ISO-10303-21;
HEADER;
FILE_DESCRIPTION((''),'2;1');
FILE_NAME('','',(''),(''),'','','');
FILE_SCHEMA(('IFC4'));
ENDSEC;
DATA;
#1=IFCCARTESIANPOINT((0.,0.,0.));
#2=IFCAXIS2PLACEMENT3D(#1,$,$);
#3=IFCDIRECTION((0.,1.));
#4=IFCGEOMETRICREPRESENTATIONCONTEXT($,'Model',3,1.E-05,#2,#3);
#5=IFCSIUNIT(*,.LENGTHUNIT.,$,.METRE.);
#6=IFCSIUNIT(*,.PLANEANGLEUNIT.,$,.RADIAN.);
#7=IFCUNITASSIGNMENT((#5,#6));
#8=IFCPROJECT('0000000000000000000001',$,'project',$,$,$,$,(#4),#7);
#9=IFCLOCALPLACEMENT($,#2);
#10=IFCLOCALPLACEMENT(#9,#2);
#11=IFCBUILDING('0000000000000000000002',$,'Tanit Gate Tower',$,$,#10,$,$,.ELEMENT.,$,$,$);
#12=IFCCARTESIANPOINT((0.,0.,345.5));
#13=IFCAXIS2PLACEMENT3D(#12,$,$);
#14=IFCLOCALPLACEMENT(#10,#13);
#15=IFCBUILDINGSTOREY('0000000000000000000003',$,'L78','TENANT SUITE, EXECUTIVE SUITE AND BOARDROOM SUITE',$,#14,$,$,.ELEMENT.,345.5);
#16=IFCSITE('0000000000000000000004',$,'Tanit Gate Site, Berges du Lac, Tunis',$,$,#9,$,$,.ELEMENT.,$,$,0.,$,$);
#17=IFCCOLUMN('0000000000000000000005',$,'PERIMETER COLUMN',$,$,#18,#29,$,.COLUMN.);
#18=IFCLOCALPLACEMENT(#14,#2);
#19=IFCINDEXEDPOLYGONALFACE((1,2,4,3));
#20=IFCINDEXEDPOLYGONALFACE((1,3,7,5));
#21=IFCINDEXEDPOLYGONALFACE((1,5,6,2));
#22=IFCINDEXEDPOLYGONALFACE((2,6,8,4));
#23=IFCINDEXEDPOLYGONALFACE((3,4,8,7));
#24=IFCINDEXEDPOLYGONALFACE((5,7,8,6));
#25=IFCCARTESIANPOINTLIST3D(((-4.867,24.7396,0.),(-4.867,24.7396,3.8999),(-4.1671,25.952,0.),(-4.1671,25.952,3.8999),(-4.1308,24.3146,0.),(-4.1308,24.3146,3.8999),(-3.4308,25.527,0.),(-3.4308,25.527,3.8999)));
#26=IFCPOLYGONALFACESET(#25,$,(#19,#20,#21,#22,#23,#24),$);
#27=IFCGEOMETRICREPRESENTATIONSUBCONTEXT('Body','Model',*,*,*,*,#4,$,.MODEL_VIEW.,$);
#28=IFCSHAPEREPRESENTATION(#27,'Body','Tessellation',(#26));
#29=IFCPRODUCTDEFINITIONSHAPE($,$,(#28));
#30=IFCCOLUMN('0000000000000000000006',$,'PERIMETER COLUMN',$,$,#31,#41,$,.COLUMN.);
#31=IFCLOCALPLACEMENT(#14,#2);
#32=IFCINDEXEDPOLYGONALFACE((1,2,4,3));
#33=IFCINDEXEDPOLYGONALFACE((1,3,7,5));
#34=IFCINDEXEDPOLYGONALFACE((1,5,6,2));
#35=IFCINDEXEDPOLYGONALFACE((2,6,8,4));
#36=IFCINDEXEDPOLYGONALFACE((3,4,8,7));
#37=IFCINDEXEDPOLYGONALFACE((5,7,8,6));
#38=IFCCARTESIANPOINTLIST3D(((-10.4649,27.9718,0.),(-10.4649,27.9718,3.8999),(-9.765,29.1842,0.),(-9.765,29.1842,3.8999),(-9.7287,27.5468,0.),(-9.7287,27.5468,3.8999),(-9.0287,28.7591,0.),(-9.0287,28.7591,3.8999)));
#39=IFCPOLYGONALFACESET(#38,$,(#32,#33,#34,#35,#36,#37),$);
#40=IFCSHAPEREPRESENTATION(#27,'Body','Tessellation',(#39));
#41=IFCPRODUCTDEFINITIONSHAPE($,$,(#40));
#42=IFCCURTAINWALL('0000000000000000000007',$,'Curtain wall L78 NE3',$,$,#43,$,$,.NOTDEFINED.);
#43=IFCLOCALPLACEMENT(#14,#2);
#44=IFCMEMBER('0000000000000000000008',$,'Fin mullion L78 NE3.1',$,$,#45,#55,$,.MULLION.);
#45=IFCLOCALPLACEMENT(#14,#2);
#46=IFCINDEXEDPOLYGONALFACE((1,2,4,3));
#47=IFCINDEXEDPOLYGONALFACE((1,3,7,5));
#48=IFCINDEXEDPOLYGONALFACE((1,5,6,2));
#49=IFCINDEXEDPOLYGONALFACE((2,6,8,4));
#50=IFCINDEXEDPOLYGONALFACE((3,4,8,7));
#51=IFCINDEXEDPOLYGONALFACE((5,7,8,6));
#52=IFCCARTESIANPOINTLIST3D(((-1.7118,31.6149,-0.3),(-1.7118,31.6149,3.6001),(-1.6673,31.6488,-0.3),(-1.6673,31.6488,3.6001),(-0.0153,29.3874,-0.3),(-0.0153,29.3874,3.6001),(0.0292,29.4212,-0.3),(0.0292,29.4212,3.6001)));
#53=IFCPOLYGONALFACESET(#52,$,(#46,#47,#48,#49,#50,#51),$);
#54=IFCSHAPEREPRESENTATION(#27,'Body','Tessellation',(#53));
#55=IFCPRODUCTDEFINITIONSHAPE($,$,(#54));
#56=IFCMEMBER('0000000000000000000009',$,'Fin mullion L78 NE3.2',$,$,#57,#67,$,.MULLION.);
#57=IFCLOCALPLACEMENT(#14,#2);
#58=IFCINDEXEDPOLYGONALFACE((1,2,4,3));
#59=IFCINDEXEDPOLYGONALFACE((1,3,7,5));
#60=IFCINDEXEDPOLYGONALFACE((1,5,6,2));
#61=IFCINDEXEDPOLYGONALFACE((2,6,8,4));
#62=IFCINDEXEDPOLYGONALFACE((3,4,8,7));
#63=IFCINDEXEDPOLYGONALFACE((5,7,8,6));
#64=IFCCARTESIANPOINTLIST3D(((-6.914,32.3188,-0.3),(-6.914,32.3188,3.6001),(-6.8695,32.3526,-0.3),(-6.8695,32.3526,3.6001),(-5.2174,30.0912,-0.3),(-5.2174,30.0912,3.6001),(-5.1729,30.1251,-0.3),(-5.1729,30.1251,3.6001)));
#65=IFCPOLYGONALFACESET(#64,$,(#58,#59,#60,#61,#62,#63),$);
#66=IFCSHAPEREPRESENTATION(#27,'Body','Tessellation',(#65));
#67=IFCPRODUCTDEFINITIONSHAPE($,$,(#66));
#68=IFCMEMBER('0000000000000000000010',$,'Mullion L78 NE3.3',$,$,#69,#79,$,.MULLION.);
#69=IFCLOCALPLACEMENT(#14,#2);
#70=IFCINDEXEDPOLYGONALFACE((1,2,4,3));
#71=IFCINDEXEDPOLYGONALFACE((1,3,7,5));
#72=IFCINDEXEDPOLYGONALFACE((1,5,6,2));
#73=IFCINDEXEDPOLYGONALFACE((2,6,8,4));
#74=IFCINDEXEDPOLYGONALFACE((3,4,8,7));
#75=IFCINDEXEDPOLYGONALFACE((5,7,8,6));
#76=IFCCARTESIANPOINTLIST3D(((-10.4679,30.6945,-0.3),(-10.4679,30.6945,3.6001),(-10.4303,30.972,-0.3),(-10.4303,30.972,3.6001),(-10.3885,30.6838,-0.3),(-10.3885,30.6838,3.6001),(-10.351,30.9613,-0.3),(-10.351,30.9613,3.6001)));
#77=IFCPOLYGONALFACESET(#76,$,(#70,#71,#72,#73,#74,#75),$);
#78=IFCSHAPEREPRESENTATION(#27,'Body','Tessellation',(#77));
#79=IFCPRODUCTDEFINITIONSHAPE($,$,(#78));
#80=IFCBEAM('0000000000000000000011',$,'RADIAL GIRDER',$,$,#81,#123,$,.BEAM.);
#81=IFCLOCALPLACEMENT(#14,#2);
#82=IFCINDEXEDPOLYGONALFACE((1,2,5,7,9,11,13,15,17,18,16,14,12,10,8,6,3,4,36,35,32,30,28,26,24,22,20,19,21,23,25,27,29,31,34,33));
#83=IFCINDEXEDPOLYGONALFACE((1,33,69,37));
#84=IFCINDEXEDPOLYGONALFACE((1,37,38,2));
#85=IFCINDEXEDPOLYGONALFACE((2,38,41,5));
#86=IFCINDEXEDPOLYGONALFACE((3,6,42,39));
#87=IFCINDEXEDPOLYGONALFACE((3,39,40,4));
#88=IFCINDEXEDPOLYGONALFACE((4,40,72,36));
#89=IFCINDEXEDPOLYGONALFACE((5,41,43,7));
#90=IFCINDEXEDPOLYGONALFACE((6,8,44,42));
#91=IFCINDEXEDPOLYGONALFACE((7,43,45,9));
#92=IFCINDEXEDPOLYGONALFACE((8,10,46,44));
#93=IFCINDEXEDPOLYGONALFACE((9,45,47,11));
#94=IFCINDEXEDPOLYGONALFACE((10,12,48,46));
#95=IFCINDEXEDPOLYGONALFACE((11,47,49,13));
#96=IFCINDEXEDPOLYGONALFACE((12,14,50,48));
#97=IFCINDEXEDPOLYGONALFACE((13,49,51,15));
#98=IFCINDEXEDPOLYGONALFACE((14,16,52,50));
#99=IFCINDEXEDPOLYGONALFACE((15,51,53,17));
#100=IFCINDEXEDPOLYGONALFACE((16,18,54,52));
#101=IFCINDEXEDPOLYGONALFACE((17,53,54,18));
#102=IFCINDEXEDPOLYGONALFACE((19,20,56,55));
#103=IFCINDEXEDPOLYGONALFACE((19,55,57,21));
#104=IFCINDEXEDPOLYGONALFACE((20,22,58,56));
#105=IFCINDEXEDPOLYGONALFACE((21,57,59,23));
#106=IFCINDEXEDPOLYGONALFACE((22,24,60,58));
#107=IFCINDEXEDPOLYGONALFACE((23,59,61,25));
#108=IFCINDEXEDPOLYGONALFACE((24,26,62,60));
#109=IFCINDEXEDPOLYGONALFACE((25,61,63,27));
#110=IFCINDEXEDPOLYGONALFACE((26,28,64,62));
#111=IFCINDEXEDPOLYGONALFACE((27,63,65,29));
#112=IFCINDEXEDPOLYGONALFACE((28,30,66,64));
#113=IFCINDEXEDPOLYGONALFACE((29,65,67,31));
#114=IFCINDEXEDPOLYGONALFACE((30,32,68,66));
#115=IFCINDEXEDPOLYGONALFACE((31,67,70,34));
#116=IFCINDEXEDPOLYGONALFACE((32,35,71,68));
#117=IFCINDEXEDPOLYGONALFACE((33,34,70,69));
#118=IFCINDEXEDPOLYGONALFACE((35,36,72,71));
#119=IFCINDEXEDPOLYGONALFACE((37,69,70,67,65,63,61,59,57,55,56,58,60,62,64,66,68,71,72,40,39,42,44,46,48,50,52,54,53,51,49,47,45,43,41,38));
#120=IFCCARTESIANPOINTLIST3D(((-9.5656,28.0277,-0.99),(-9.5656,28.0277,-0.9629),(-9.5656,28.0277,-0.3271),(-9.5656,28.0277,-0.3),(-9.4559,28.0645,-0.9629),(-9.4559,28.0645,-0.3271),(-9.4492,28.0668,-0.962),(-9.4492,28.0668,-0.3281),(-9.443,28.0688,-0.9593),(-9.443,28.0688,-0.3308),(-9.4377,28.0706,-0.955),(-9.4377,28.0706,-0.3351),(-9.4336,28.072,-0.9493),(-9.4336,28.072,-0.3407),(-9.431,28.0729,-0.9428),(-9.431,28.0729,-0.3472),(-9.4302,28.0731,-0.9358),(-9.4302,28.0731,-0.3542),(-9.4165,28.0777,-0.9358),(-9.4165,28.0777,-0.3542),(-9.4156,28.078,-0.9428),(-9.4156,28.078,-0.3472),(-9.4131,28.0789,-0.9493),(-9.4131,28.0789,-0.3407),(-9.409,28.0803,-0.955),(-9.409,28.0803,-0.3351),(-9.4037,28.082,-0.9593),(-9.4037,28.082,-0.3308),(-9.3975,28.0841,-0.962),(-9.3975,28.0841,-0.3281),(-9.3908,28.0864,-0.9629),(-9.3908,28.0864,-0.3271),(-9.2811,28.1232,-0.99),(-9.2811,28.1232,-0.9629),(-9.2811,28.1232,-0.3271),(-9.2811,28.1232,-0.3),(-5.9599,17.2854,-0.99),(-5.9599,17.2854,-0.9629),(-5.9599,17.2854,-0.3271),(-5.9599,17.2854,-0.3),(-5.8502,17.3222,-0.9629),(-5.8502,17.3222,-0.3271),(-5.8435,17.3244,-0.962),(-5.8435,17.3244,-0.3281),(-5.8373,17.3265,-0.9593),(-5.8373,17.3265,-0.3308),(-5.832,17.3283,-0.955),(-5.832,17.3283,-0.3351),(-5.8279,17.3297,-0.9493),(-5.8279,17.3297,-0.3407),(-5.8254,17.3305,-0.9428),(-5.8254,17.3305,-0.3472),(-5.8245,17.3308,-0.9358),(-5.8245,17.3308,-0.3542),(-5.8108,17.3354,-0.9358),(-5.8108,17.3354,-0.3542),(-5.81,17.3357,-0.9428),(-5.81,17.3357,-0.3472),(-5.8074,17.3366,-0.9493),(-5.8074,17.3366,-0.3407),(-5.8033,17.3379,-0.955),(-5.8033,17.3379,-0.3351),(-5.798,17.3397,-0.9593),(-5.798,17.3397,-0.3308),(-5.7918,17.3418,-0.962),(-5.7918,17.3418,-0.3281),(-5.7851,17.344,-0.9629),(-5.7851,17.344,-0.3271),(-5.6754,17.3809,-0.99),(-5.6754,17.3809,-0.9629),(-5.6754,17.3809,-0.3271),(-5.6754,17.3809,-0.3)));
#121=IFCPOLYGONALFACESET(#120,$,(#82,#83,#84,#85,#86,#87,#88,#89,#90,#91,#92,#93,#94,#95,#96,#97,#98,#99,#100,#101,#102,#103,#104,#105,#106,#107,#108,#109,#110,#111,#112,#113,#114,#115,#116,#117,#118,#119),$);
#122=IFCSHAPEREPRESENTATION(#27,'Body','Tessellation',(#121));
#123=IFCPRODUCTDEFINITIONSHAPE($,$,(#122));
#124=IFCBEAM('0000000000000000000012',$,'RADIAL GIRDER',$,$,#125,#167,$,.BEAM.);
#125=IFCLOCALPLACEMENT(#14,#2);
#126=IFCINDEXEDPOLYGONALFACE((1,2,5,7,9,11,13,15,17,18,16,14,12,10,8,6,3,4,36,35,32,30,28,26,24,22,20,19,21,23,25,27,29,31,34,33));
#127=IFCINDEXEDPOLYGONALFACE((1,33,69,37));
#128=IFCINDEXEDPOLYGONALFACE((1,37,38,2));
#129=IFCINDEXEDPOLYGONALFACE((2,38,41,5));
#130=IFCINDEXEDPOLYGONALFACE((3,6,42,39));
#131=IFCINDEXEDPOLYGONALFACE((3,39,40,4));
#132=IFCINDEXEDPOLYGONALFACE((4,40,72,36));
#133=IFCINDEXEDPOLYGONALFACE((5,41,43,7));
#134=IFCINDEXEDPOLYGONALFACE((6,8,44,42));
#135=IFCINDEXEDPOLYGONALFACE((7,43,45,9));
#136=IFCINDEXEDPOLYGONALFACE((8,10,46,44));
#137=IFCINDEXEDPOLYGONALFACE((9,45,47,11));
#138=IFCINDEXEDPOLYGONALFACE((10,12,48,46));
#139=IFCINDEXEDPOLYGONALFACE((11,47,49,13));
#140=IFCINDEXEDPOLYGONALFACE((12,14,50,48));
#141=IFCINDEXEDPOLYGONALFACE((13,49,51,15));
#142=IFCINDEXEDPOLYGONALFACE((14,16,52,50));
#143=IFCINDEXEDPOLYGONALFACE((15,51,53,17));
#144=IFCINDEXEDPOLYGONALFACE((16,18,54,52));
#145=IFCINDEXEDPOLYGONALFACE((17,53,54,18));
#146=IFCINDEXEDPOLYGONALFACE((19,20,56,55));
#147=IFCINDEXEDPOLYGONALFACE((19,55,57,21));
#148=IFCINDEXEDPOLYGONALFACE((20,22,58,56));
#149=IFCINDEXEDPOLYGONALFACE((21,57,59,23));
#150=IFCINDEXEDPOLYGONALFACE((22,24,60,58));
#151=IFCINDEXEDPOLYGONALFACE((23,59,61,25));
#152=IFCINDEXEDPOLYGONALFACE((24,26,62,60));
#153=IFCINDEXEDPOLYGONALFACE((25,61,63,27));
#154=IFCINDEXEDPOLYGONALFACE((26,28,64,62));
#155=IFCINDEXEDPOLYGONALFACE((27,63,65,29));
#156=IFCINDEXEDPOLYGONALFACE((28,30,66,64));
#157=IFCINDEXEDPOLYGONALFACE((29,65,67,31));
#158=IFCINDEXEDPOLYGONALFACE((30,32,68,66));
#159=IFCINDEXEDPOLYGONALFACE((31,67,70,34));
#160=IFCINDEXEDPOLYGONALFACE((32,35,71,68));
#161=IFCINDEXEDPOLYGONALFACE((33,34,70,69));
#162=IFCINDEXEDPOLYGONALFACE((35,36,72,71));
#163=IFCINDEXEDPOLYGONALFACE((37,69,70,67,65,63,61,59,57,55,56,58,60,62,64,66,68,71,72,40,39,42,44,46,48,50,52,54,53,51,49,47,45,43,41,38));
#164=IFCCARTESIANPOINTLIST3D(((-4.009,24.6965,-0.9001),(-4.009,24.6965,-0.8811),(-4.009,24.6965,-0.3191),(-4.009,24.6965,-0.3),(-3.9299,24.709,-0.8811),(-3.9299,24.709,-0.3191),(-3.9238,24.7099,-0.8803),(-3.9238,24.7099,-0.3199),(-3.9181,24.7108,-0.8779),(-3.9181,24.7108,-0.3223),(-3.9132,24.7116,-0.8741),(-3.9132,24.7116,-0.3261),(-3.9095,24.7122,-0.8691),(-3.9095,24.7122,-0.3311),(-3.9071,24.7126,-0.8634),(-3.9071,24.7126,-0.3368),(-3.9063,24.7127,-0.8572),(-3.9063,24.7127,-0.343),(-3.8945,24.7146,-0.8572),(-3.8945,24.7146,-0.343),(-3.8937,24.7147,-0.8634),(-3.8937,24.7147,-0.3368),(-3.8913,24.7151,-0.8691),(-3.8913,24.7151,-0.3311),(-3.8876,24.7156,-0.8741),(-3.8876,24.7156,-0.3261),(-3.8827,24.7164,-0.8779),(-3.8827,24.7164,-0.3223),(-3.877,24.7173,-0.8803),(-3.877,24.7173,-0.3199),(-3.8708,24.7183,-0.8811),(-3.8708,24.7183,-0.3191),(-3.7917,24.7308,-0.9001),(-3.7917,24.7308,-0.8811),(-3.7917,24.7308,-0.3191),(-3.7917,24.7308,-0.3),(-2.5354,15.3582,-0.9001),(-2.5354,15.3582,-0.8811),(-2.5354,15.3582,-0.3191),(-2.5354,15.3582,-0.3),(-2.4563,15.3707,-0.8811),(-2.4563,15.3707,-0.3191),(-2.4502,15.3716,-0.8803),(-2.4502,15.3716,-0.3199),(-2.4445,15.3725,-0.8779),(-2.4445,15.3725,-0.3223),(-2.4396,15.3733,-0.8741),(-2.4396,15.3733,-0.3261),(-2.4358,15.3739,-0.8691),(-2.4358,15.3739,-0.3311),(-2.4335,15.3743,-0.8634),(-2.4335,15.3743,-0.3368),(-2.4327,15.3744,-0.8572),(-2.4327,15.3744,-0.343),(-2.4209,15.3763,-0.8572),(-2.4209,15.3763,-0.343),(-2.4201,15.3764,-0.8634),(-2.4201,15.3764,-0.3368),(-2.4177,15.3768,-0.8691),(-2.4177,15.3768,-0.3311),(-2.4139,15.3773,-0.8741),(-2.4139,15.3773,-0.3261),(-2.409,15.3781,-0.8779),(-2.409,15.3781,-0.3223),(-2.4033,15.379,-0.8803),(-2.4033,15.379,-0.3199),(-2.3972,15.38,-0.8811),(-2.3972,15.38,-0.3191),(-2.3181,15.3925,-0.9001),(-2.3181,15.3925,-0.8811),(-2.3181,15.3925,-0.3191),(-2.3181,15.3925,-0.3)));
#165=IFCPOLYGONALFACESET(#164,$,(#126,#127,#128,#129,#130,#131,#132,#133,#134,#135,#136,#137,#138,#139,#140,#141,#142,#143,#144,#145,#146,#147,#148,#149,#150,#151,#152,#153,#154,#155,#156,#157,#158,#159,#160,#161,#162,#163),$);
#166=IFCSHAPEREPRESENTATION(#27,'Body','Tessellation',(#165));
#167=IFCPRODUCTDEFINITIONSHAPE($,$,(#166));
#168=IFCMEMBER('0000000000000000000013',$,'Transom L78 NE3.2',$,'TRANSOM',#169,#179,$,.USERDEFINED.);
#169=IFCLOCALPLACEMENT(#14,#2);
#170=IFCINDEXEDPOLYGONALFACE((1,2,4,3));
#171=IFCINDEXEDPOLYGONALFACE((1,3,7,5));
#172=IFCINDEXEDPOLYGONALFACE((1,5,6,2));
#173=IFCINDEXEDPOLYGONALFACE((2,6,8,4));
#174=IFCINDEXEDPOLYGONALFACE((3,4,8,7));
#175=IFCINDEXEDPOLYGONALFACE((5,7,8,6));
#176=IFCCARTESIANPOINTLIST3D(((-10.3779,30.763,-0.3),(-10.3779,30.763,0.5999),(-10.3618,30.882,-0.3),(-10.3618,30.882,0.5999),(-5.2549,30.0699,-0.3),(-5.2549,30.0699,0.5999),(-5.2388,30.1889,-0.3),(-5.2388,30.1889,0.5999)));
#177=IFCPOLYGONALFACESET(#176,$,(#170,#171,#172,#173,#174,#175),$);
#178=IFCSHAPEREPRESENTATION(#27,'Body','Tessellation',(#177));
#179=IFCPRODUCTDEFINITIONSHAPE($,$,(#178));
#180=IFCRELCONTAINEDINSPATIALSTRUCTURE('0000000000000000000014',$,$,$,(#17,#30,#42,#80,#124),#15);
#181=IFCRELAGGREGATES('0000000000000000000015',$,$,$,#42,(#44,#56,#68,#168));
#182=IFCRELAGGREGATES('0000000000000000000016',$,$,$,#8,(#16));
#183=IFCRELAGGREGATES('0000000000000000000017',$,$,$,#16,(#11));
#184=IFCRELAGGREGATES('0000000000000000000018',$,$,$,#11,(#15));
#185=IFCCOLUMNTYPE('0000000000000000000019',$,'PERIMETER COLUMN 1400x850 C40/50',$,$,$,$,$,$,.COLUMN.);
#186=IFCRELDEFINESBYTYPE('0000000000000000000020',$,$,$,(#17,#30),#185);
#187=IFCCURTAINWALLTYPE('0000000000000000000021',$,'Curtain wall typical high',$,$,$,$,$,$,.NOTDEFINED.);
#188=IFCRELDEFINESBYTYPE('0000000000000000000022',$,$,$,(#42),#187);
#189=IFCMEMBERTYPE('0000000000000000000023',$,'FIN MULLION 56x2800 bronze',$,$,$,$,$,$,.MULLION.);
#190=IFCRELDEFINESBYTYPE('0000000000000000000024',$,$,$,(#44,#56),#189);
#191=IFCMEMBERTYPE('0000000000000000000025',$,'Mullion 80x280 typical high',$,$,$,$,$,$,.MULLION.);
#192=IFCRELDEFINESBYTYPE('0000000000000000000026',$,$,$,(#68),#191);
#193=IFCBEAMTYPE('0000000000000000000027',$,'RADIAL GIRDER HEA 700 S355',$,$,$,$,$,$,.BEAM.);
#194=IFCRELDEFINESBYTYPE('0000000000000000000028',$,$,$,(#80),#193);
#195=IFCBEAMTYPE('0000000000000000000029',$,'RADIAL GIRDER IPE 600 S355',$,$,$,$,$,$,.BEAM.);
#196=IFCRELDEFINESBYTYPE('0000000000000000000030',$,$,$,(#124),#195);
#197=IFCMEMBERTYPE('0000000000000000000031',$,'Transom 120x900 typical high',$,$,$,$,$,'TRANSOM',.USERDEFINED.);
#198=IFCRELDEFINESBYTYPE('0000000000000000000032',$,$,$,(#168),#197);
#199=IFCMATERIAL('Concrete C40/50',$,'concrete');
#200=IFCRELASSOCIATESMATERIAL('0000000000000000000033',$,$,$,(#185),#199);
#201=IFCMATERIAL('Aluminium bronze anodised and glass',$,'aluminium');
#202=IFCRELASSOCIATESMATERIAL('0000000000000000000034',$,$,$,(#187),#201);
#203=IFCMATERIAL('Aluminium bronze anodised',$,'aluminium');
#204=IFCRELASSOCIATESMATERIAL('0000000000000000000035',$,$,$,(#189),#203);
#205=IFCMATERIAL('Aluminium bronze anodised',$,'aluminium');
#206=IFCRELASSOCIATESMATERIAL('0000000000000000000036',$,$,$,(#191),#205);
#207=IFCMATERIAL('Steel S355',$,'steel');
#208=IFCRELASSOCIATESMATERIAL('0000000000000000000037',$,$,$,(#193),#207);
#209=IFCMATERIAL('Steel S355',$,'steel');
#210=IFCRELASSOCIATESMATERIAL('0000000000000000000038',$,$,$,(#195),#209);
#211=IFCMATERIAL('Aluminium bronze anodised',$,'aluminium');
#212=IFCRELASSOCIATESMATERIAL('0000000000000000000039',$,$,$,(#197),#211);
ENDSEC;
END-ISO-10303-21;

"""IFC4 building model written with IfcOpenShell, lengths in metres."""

from ifc_helpers import new_model, si_unit, direction, frame, origin, origin_2d, place, context, subcontext, project, spatial, rectangle, i_section, extrude, material, material_profile, profile_set, type_object, element, aggregate, save


model = new_model("IFC4")

# Units and contexts
model_context = context("Model", 3, precision=1e-05, world=origin(), true_north=direction((0.0, 1.0)))
body_context = subcontext(model_context, "Body", "Model", "MODEL_VIEW")
ifc_project = project(units=[si_unit("LENGTHUNIT", "METRE"), si_unit("PLANEANGLEUNIT", "RADIAN")], contexts=[model_context])

# Site, building, storey
site_placement = place(None, origin())
site = spatial("IfcSite", under=ifc_project, at=site_placement, Name="Tanit Gate Site, Berges du Lac, Tunis", CompositionType="ELEMENT", RefElevation=0.0)
building_placement = place(site_placement, origin())
building = spatial("IfcBuilding", under=site, at=building_placement, Name="Tanit Gate Tower", CompositionType="ELEMENT")
storey_placement = place(building_placement, frame((0.0, 0.0, 345.5)))
storey = spatial("IfcBuildingStorey", under=building, at=storey_placement, Name="L78", Description="TENANT SUITE, EXECUTIVE SUITE AND BOARDROOM SUITE", CompositionType="ELEMENT", Elevation=345.5)

# Columns
ifc_material_1 = material(Name="Concrete C40/50", Category="concrete")
ifc_material_profile_1 = material_profile(ifc_material_1, rectangle(XDim=1.3999, YDim=0.8501, at=origin_2d()), Name="RC 1400x850")
ifc_profile_set_1 = profile_set([ifc_material_profile_1], Name="Concrete C40/50")
column_type = type_object("IfcColumnType", Name="PERIMETER COLUMN 1400x850 C40/50", PredefinedType="COLUMN", material=ifc_profile_set_1)
for number, where, z_axis, x_axis, name in (
    (1, (-4.1489, 25.1333, 0.0), (0.0, 0.0, 1.0), (0.5, 0.866025, 0.0), "PERIMETER COLUMN"),
    (2, (-9.7468, 28.3655, 0.0), (0.0, 0.0, 1.0), (0.5, 0.866025, 0.0), "PERIMETER COLUMN"),
):
    element("IfcColumn", number, at=place(storey_placement, frame(where, z_axis=z_axis, x_axis=x_axis)), inside=storey, type_object=column_type, Name=name, PredefinedType="COLUMN", context=body_context, shape_type="SweptSolid", body=[
        extrude(rectangle(XDim=1.3999, YDim=0.8501, at=origin_2d()), origin(), (0.0, 0.0, 1.0), 3.8999),
    ])

# Curtain wall, members
ifc_material_2 = material(Name="Aluminium bronze anodised and glass", Category="aluminium")
curtain_wall_type = type_object("IfcCurtainWallType", Name="Curtain wall typical high", PredefinedType="NOTDEFINED", material=ifc_material_2)
curtain_wall_placement = place(storey_placement, origin())
curtain_wall = element("IfcCurtainWall", 3, at=curtain_wall_placement, inside=storey, type_object=curtain_wall_type, Name="Curtain wall L78 NE3", PredefinedType="NOTDEFINED")
ifc_material_3 = material(Name="Aluminium bronze anodised", Category="aluminium")
ifc_material_profile_2 = material_profile(ifc_material_3, rectangle(XDim=2.8, YDim=0.0559, at=origin_2d()), Name="56x2800 bronze fin mullion")
ifc_profile_set_2 = profile_set([ifc_material_profile_2], Name="Aluminium bronze anodised")
member_type_1 = type_object("IfcMemberType", Name="FIN MULLION 56x2800 bronze", PredefinedType="MULLION", material=ifc_profile_set_2)
member_1_placement = place(storey_placement, frame((-0.8413, 30.5181, -0.3), z_axis=(0.0, 0.0, 1.0), x_axis=(0.605901, -0.79554, 0.0)))
member_1 = element("IfcMember", 4, at=member_1_placement, type_object=member_type_1, Name="Fin mullion L78 NE3.1", PredefinedType="MULLION", context=body_context, shape_type="SweptSolid", body=[
    extrude(rectangle(XDim=2.8, YDim=0.0559, at=origin_2d()), origin(), (0.0, 0.0, 1.0), 3.9001),
])
member_2_placement = place(storey_placement, frame((-6.0435, 31.2219, -0.3), z_axis=(0.0, 0.0, 1.0), x_axis=(0.605901, -0.79554, 0.0)))
member_2 = element("IfcMember", 5, at=member_2_placement, type_object=member_type_1, Name="Fin mullion L78 NE3.2", PredefinedType="MULLION", context=body_context, shape_type="SweptSolid", body=[
    extrude(rectangle(XDim=2.8, YDim=0.0559, at=origin_2d()), origin(), (0.0, 0.0, 1.0), 3.9001),
])
ifc_material_4 = material(Name="Aluminium bronze anodised", Category="aluminium")
ifc_material_profile_3 = material_profile(ifc_material_4, rectangle(XDim=0.28, YDim=0.0801, at=origin_2d()), Name="80x280 bronze mullion")
ifc_profile_set_3 = profile_set([ifc_material_profile_3], Name="Aluminium bronze anodised")
member_type_2 = type_object("IfcMemberType", Name="Mullion 80x280 typical high", PredefinedType="MULLION", material=ifc_profile_set_3)
member_3_placement = place(storey_placement, frame((-10.4094, 30.8279, -0.3), z_axis=(0.0, 0.0, 1.0), x_axis=(-0.134094, -0.990969, 0.0)))
member_3 = element("IfcMember", 6, at=member_3_placement, type_object=member_type_2, Name="Mullion L78 NE3.3", PredefinedType="MULLION", context=body_context, shape_type="SweptSolid", body=[
    extrude(rectangle(XDim=0.28, YDim=0.0801, at=origin_2d()), origin(), (0.0, 0.0, 1.0), 3.9001),
])

# Beams
ifc_material_5 = material(Name="Steel S355", Category="steel")
ifc_material_profile_4 = material_profile(ifc_material_5, i_section(OverallWidth=0.3, OverallDepth=0.6899, WebThickness=0.0144, FlangeThickness=0.0271, FilletRadius=0.0271, at=origin_2d()), Name="HEA 700")
ifc_profile_set_4 = profile_set([ifc_material_profile_4], Name="Steel S355")
beam_type_1 = type_object("IfcBeamType", Name="RADIAL GIRDER HEA 700 S355", PredefinedType="BEAM", material=ifc_profile_set_4)
beam_1_placement = place(storey_placement, frame((-9.4233, 28.0754, -0.645), z_axis=(0.318205, -0.948022, 0.0), x_axis=(0.948022, 0.318205, 0.0)))
element("IfcBeam", 7, at=beam_1_placement, inside=storey, type_object=beam_type_1, Name="RADIAL GIRDER", PredefinedType="BEAM", context=body_context, shape_type="SweptSolid", body=[
    extrude(i_section(OverallWidth=0.3, OverallDepth=0.6899, WebThickness=0.0144, FlangeThickness=0.0271, FilletRadius=0.0271, at=origin_2d()), origin(), (0.0, 0.0, 1.0), 11.3313),
])
ifc_material_6 = material(Name="Steel S355", Category="steel")
ifc_material_profile_5 = material_profile(ifc_material_6, i_section(OverallWidth=0.22, OverallDepth=0.6001, WebThickness=0.012, FlangeThickness=0.019, FilletRadius=0.0239, at=origin_2d()), Name="IPE 600")
ifc_profile_set_5 = profile_set([ifc_material_profile_5], Name="Steel S355")
beam_type_2 = type_object("IfcBeamType", Name="RADIAL GIRDER IPE 600 S355", PredefinedType="BEAM", material=ifc_profile_set_5)
beam_2_placement = place(storey_placement, frame((-3.9004, 24.7136, -0.6001), z_axis=(0.155875, -0.987777, 0.0), x_axis=(0.987777, 0.155875, 0.0)))
element("IfcBeam", 8, at=beam_2_placement, inside=storey, type_object=beam_type_2, Name="RADIAL GIRDER", PredefinedType="BEAM", context=body_context, shape_type="SweptSolid", body=[
    extrude(i_section(OverallWidth=0.22, OverallDepth=0.6001, WebThickness=0.012, FlangeThickness=0.019, FilletRadius=0.0239, at=origin_2d()), origin(), (0.0, 0.0, 1.0), 9.4539),
])

# Member
ifc_material_7 = material(Name="Aluminium bronze anodised", Category="aluminium")
ifc_material_profile_6 = material_profile(ifc_material_7, rectangle(XDim=0.1201, YDim=0.8999, at=origin_2d()), Name="120x900 bronze transom")
ifc_profile_set_6 = profile_set([ifc_material_profile_6], Name="Aluminium bronze anodised")
member_type_3 = type_object("IfcMemberType", Name="Transom 120x900 typical high", ElementType="TRANSOM", PredefinedType="USERDEFINED", material=ifc_profile_set_6)
member_4_placement = place(storey_placement, frame((-5.2468, 30.1294, 0.1499), z_axis=(-0.990972, 0.134072, 0.0), x_axis=(-0.134072, -0.990972, 0.0)))
member_4 = element("IfcMember", 9, at=member_4_placement, type_object=member_type_3, Name="Transom L78 NE3.2", ObjectType="TRANSOM", PredefinedType="USERDEFINED", context=body_context, shape_type="SweptSolid", body=[
    extrude(rectangle(XDim=0.1201, YDim=0.8999, at=origin_2d()), origin(), (0.0, 0.0, 1.0), 5.1697),
])

aggregate(curtain_wall, [member_1, member_2, member_3, member_4])

save(model, "model.ifc")
